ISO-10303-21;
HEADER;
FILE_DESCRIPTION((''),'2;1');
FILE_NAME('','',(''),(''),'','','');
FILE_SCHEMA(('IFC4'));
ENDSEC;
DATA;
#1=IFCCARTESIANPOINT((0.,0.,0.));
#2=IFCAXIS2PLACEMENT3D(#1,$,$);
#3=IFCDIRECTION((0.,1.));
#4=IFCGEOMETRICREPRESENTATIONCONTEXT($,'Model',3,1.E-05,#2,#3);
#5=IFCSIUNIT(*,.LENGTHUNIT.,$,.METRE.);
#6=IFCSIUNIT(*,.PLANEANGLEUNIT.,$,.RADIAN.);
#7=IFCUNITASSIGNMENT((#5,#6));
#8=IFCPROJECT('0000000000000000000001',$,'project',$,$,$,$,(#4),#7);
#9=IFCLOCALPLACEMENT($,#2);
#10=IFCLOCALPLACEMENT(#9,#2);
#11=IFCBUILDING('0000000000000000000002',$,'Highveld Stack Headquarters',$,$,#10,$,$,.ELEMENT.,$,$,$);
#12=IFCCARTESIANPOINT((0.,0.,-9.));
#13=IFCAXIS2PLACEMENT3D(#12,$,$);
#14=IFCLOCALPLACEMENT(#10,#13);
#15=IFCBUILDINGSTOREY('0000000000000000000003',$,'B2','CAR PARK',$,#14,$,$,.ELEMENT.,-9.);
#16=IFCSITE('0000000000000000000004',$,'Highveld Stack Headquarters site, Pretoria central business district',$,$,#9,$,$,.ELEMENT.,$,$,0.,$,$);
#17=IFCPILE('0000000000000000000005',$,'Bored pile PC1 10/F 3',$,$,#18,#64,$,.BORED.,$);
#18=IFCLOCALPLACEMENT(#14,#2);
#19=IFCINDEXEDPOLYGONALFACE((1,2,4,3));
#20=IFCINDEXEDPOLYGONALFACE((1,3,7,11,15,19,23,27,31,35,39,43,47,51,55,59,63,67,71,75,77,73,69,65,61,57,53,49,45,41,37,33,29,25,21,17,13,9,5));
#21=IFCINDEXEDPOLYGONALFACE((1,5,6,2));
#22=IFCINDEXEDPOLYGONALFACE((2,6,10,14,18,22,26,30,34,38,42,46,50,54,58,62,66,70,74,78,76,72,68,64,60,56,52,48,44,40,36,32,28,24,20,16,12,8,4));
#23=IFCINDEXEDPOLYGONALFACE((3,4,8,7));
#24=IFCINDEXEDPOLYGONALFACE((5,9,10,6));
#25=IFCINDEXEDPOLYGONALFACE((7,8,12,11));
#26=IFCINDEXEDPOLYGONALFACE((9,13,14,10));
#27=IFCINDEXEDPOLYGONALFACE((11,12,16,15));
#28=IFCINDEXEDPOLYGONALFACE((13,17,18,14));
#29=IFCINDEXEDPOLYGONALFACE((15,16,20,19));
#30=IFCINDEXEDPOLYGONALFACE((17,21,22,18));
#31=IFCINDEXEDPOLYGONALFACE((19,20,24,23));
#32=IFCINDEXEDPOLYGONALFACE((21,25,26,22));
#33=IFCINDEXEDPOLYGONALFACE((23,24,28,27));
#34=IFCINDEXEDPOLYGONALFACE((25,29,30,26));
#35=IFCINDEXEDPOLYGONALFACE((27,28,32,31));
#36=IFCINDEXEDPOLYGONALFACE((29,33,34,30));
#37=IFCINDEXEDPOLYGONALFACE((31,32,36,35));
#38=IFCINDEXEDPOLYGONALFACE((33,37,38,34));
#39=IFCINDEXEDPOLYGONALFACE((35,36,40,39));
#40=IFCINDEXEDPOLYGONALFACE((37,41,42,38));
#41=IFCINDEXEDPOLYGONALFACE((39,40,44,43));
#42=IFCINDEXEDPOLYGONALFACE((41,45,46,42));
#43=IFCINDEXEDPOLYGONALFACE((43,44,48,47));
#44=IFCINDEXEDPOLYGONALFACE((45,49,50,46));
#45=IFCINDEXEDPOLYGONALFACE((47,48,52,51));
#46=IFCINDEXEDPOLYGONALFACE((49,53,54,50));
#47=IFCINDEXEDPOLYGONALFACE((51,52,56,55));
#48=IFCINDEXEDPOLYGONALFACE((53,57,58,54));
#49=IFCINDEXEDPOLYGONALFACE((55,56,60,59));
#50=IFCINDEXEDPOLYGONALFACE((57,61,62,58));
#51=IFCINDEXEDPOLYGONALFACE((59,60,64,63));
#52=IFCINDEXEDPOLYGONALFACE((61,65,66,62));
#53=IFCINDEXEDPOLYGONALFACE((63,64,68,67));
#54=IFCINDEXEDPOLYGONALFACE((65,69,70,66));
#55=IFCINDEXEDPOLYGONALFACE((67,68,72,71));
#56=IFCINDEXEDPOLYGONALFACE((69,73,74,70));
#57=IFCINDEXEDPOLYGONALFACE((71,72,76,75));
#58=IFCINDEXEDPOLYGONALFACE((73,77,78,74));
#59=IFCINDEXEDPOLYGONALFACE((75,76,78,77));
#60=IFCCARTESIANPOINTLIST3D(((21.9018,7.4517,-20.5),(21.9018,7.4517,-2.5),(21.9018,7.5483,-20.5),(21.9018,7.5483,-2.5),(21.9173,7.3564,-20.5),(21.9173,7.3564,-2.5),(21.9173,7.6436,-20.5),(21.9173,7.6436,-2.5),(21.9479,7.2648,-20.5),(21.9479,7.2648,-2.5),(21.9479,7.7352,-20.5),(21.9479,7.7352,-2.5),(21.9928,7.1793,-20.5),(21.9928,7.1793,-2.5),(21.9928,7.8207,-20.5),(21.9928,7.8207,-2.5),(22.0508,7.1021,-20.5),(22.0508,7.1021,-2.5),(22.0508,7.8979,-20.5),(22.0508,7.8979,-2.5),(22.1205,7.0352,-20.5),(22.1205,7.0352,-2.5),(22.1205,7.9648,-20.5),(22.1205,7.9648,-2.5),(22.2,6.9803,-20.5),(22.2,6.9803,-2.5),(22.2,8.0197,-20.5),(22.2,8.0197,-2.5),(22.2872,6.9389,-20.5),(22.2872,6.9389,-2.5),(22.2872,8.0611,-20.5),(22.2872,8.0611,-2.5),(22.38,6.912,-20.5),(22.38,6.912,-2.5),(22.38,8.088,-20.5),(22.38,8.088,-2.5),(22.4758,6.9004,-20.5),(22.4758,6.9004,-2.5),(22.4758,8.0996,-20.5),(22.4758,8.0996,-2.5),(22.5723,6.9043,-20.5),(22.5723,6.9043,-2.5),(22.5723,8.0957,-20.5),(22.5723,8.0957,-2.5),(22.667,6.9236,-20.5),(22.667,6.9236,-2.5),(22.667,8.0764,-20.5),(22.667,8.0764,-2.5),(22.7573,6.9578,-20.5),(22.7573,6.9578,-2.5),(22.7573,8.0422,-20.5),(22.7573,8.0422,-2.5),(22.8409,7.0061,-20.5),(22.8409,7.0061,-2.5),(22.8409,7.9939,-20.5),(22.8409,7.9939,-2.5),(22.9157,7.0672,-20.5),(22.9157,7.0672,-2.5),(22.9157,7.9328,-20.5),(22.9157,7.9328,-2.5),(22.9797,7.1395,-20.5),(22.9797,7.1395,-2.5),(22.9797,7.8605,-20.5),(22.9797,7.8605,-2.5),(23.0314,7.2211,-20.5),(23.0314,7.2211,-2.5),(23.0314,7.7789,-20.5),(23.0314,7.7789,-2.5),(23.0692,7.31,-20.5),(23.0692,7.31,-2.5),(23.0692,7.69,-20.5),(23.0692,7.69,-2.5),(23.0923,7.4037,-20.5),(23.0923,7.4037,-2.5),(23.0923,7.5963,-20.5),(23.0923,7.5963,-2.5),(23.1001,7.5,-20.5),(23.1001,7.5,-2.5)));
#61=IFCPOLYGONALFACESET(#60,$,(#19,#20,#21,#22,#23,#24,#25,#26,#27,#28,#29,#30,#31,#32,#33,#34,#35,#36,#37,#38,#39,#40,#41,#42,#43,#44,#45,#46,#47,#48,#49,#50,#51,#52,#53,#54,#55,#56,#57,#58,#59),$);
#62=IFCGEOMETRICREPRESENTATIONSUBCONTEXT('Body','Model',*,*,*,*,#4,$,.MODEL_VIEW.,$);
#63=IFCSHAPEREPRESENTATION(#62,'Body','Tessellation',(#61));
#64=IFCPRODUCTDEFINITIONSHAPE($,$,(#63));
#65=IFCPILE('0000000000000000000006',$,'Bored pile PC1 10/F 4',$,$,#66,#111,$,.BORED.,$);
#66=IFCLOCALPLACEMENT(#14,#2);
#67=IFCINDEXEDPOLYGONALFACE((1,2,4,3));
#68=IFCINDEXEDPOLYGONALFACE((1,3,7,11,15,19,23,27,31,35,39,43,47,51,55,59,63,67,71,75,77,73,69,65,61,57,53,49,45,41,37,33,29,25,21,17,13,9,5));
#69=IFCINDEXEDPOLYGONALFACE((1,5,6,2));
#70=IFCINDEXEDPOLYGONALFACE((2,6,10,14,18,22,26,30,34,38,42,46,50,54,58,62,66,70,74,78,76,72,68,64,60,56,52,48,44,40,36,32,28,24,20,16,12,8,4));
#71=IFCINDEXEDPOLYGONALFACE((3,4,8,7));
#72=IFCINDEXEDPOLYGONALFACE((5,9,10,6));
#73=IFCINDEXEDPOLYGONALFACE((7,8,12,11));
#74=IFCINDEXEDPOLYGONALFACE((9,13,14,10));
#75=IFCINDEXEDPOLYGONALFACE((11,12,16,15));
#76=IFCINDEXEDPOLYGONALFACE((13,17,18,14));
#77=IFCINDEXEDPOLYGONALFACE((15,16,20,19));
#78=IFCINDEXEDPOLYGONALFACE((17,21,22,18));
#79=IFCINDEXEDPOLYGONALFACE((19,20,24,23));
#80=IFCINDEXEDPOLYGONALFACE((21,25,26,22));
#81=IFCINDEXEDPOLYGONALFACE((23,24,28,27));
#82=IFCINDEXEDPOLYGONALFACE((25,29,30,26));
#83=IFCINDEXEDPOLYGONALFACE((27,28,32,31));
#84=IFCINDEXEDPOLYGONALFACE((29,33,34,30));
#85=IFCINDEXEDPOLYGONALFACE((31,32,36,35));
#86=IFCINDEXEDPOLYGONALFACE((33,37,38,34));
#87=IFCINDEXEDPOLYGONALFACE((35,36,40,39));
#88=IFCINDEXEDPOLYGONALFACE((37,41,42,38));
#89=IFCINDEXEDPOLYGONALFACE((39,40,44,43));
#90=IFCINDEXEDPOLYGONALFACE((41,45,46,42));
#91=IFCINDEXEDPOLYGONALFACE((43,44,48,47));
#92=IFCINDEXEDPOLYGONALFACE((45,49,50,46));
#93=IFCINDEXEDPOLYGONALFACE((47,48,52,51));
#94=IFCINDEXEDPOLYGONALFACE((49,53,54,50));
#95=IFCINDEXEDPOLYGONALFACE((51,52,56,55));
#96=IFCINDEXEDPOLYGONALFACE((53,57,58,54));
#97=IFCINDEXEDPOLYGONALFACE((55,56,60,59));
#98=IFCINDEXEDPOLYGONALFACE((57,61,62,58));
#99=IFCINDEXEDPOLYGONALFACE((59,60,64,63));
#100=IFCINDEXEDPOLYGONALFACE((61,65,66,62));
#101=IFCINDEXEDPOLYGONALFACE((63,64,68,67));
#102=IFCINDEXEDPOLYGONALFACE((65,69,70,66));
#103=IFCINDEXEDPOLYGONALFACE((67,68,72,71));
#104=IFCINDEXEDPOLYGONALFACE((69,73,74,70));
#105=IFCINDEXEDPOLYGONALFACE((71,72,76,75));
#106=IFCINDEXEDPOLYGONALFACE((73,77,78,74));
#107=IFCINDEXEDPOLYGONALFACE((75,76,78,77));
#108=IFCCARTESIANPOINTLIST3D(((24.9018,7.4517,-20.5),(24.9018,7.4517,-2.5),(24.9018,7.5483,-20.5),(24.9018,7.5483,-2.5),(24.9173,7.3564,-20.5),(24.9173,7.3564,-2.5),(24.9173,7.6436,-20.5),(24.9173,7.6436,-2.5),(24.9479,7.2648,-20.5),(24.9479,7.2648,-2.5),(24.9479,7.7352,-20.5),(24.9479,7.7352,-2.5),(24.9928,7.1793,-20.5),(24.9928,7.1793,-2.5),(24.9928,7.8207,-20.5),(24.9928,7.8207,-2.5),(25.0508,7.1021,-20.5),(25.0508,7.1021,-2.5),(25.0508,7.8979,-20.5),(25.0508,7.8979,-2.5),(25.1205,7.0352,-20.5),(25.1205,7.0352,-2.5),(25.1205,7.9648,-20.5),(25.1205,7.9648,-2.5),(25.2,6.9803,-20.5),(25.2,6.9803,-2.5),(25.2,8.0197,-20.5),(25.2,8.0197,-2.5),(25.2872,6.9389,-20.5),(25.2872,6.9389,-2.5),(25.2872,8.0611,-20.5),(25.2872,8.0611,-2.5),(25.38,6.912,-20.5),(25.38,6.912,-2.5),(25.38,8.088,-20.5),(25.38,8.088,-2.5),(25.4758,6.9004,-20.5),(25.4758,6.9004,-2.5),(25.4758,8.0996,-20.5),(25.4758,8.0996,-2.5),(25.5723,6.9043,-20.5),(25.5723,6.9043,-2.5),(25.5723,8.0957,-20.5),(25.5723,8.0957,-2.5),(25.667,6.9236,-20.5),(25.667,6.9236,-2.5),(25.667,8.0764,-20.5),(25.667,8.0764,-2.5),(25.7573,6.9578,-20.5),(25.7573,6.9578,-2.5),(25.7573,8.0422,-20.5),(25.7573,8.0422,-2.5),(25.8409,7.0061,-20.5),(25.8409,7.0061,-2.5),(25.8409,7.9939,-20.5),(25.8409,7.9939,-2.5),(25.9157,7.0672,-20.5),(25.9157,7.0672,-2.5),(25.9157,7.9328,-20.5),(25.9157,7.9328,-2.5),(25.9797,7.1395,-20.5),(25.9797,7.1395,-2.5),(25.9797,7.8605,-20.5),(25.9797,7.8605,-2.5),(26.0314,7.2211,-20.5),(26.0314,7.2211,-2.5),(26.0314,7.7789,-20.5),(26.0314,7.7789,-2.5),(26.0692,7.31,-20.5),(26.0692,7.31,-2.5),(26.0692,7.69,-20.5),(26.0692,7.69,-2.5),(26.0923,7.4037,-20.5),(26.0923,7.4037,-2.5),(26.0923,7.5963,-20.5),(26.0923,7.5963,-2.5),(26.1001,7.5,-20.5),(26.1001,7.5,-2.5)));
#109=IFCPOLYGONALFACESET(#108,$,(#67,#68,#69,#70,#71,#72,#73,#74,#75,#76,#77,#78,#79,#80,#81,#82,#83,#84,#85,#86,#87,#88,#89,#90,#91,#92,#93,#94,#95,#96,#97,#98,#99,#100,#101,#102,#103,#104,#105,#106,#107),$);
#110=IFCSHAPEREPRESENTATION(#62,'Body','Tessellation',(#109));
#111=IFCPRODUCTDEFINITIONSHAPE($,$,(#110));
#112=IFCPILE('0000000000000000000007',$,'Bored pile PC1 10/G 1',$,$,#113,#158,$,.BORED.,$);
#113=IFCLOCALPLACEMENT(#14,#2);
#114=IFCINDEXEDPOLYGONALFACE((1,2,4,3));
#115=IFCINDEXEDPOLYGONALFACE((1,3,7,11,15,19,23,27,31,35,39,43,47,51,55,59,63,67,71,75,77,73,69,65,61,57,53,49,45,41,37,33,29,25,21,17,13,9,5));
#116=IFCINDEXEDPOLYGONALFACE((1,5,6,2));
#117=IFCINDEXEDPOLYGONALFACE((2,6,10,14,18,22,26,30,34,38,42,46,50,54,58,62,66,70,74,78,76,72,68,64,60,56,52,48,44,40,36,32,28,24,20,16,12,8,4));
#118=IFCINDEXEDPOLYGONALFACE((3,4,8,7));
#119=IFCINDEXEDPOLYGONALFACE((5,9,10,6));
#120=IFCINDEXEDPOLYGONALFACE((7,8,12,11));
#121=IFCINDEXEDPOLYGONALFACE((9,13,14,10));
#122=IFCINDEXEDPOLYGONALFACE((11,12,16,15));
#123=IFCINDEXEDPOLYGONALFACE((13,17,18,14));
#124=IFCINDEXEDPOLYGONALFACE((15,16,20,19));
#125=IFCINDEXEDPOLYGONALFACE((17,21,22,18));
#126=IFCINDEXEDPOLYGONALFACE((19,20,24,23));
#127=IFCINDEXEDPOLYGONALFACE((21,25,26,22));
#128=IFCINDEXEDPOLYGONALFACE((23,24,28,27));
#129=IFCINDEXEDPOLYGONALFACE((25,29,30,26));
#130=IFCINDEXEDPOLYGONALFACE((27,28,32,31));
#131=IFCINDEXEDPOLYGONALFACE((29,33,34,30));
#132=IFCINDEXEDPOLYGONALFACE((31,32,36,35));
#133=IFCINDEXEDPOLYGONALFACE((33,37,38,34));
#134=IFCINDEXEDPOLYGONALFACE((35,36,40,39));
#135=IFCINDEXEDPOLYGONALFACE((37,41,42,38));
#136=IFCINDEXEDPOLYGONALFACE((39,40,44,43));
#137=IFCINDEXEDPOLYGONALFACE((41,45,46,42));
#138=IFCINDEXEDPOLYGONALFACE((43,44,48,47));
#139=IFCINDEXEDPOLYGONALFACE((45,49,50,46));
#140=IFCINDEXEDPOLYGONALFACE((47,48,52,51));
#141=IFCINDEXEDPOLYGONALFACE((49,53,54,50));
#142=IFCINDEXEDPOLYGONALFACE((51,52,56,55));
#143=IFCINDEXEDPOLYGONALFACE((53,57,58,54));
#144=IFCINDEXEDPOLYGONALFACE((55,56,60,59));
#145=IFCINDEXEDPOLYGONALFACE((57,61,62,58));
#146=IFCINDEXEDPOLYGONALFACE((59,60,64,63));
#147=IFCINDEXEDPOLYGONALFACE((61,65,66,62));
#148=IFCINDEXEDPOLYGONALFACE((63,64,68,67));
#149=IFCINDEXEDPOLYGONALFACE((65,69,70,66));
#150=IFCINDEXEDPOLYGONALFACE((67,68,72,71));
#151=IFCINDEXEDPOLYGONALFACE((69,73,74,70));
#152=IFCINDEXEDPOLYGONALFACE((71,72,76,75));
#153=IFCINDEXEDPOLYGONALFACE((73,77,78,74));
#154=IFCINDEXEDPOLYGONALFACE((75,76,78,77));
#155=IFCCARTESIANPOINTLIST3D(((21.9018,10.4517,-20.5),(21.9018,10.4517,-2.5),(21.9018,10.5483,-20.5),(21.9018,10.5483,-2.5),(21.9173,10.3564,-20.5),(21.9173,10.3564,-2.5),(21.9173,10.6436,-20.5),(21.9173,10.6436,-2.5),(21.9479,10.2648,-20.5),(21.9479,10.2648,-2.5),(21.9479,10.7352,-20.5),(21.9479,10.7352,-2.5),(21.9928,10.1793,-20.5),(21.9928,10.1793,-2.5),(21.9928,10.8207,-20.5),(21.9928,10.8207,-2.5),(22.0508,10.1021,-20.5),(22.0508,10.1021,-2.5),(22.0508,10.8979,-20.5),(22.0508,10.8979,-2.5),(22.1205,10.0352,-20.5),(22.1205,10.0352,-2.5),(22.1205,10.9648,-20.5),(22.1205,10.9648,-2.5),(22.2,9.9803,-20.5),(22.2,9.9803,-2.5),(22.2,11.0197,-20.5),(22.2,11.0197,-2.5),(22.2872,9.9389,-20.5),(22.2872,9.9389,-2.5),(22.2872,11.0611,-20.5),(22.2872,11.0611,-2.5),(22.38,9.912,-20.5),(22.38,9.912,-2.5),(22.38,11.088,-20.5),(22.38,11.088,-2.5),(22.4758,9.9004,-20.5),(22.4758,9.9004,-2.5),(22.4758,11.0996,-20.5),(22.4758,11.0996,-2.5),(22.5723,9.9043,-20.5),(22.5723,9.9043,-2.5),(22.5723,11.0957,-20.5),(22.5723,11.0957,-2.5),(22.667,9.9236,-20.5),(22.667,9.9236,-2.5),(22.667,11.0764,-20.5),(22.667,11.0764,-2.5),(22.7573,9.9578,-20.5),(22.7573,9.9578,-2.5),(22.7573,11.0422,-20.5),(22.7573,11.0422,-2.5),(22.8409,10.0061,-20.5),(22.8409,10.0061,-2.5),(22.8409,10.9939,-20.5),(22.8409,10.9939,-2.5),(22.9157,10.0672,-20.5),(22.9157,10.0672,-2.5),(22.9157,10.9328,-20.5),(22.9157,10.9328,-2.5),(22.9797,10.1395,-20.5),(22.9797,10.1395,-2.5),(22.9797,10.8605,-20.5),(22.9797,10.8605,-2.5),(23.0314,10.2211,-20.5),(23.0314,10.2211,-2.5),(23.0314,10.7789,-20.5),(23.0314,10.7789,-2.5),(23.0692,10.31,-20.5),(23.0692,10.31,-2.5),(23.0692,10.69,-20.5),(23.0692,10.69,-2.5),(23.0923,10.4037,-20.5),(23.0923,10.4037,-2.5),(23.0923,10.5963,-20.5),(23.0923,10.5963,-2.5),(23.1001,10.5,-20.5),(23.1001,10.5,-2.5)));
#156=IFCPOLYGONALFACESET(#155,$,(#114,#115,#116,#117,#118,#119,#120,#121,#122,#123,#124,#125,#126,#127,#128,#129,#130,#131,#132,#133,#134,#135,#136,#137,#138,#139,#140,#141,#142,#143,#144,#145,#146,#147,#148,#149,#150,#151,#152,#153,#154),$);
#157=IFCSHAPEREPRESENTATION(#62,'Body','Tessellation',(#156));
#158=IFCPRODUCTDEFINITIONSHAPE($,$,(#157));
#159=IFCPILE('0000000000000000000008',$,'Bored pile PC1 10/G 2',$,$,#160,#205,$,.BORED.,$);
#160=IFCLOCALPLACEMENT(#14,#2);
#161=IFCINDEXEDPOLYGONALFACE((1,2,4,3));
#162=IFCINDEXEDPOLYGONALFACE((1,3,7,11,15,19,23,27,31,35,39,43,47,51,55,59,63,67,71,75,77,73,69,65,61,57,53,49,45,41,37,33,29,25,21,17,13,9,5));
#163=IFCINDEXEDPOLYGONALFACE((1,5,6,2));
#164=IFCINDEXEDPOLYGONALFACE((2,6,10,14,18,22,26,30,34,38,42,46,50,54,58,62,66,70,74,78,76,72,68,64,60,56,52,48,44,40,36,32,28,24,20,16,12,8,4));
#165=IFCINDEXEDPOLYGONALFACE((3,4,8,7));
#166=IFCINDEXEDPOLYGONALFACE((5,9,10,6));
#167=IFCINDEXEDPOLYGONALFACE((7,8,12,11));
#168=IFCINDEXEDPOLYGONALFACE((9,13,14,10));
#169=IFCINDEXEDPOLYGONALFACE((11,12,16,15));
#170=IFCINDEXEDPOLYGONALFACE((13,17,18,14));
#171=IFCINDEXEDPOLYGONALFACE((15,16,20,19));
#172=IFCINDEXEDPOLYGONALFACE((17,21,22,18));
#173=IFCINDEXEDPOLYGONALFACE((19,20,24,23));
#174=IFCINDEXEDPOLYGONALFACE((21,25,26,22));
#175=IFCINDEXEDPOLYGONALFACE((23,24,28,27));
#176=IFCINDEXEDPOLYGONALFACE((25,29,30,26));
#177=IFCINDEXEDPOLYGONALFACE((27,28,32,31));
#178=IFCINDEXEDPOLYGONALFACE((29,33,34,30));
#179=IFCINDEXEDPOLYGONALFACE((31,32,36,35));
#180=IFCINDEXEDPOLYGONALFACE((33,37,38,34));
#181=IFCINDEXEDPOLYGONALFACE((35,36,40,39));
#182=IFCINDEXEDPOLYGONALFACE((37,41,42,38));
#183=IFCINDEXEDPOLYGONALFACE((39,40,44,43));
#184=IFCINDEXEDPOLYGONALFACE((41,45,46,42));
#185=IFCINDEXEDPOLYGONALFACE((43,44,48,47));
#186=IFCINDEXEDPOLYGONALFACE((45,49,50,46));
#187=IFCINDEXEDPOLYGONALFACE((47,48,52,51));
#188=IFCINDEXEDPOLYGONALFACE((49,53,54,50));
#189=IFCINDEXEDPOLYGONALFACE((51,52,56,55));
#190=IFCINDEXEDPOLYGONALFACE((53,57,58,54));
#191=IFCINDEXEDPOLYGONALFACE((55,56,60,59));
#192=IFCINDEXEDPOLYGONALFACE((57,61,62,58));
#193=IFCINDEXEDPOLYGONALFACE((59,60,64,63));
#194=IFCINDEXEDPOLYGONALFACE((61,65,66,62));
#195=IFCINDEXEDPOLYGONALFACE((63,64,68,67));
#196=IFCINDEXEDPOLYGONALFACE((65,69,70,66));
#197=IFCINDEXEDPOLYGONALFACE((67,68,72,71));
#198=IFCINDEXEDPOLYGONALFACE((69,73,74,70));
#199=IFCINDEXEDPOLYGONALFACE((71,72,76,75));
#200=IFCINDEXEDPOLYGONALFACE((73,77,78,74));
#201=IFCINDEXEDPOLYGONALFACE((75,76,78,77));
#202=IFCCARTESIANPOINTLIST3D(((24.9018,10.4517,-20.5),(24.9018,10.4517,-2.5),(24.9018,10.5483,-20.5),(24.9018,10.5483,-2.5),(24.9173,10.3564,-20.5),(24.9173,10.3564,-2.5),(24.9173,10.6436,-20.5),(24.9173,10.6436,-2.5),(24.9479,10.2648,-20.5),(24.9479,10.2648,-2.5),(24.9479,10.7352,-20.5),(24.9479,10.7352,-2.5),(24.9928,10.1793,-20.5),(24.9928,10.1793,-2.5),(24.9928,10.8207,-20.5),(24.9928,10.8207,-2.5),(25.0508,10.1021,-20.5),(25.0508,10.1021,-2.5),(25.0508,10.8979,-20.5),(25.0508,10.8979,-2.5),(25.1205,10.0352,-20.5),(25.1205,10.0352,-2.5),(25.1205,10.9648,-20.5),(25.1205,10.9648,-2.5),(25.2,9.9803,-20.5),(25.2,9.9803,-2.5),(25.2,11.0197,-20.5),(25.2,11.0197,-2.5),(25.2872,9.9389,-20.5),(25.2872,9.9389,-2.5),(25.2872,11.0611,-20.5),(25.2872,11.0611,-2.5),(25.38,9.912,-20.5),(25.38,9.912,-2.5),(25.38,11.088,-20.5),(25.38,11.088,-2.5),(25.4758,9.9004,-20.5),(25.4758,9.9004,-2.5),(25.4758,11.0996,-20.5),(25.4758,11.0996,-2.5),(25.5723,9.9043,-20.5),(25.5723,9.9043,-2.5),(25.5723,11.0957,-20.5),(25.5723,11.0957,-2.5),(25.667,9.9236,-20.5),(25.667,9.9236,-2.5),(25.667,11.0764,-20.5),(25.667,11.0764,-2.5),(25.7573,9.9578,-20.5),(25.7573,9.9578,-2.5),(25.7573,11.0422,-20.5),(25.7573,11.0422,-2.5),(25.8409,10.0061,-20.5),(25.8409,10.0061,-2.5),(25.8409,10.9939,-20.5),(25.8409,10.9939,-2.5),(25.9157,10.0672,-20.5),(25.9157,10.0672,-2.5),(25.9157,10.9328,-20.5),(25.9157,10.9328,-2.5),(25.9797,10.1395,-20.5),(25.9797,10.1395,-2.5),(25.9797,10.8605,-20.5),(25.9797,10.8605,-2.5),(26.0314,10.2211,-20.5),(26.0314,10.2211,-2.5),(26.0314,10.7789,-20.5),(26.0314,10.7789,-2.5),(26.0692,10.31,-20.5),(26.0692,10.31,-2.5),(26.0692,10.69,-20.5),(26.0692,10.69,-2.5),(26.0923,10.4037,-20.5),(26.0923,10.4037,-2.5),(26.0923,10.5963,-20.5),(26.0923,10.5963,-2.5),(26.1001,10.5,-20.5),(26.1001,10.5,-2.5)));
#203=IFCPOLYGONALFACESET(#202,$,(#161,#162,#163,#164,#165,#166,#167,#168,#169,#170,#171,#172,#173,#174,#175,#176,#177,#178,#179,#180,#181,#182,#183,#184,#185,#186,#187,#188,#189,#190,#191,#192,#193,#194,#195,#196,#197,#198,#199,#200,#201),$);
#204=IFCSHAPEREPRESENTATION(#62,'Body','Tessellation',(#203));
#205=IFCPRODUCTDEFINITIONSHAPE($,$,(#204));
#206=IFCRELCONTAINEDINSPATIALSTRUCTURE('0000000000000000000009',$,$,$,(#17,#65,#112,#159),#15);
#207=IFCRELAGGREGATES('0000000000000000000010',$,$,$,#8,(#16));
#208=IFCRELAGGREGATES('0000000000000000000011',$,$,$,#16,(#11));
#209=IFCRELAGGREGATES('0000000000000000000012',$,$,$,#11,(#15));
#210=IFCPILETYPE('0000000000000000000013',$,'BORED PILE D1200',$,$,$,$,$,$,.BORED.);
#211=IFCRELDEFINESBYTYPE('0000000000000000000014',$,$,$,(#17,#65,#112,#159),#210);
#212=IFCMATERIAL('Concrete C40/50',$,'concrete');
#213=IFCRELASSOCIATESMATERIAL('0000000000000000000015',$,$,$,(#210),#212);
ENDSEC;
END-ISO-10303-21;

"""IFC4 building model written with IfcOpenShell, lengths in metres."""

from ifc_helpers import new_model, si_unit, direction, frame, origin, origin_2d, place, context, subcontext, project, spatial, circle, extrude, material, type_object, element, save


model = new_model("IFC4")

# Units and contexts
model_context = context("Model", 3, precision=1e-05, world=origin(), true_north=direction((0.0, 1.0)))
body_context = subcontext(model_context, "Body", "Model", "MODEL_VIEW")
ifc_project = project(units=[si_unit("LENGTHUNIT", "METRE"), si_unit("PLANEANGLEUNIT", "RADIAN")], contexts=[model_context])

# Site, building, storey
site_placement = place(None, origin())
site = spatial("IfcSite", under=ifc_project, at=site_placement, Name="Highveld Stack Headquarters site, Pretoria central business district", CompositionType="ELEMENT", RefElevation=0.0)
building_placement = place(site_placement, origin())
building = spatial("IfcBuilding", under=site, at=building_placement, Name="Highveld Stack Headquarters", CompositionType="ELEMENT")
storey_placement = place(building_placement, frame((0.0, 0.0, -9.0)))
storey = spatial("IfcBuildingStorey", under=building, at=storey_placement, Name="B2", Description="CAR PARK", CompositionType="ELEMENT", Elevation=-9.0)

# Piles
ifc_material_1 = material(Name="Concrete C40/50", Category="concrete")
pile_type_1 = type_object("IfcPileType", Name="BORED PILE D1200", PredefinedType="BORED", material=ifc_material_1)
for number, where, z_axis, x_axis, name in (
    (1, (22.5, 7.5, -2.5), (0.0, 0.0, -1.0), (1.0, 0.0, 0.0), "Bored pile PC1 10/F 3"),
    (2, (25.5, 7.5, -2.5), (0.0, 0.0, -1.0), (1.0, 0.0, 0.0), "Bored pile PC1 10/F 4"),
    (3, (22.5, 10.5, -2.5), (0.0, 0.0, -1.0), (1.0, 0.0, 0.0), "Bored pile PC1 10/G 1"),
    (4, (25.5, 10.5, -2.5), (0.0, 0.0, -1.0), (1.0, 0.0, 0.0), "Bored pile PC1 10/G 2"),
):
    element("IfcPile", number, at=place(storey_placement, frame(where, z_axis=z_axis, x_axis=x_axis)), inside=storey, type_object=pile_type_1, Name=name, PredefinedType="BORED", context=body_context, shape_type="SweptSolid", body=[
        extrude(circle(Radius=0.6001, at=origin_2d()), origin(), (0.0, 0.0, 1.0), 18.0),
    ])

save(model, "model.ifc")
